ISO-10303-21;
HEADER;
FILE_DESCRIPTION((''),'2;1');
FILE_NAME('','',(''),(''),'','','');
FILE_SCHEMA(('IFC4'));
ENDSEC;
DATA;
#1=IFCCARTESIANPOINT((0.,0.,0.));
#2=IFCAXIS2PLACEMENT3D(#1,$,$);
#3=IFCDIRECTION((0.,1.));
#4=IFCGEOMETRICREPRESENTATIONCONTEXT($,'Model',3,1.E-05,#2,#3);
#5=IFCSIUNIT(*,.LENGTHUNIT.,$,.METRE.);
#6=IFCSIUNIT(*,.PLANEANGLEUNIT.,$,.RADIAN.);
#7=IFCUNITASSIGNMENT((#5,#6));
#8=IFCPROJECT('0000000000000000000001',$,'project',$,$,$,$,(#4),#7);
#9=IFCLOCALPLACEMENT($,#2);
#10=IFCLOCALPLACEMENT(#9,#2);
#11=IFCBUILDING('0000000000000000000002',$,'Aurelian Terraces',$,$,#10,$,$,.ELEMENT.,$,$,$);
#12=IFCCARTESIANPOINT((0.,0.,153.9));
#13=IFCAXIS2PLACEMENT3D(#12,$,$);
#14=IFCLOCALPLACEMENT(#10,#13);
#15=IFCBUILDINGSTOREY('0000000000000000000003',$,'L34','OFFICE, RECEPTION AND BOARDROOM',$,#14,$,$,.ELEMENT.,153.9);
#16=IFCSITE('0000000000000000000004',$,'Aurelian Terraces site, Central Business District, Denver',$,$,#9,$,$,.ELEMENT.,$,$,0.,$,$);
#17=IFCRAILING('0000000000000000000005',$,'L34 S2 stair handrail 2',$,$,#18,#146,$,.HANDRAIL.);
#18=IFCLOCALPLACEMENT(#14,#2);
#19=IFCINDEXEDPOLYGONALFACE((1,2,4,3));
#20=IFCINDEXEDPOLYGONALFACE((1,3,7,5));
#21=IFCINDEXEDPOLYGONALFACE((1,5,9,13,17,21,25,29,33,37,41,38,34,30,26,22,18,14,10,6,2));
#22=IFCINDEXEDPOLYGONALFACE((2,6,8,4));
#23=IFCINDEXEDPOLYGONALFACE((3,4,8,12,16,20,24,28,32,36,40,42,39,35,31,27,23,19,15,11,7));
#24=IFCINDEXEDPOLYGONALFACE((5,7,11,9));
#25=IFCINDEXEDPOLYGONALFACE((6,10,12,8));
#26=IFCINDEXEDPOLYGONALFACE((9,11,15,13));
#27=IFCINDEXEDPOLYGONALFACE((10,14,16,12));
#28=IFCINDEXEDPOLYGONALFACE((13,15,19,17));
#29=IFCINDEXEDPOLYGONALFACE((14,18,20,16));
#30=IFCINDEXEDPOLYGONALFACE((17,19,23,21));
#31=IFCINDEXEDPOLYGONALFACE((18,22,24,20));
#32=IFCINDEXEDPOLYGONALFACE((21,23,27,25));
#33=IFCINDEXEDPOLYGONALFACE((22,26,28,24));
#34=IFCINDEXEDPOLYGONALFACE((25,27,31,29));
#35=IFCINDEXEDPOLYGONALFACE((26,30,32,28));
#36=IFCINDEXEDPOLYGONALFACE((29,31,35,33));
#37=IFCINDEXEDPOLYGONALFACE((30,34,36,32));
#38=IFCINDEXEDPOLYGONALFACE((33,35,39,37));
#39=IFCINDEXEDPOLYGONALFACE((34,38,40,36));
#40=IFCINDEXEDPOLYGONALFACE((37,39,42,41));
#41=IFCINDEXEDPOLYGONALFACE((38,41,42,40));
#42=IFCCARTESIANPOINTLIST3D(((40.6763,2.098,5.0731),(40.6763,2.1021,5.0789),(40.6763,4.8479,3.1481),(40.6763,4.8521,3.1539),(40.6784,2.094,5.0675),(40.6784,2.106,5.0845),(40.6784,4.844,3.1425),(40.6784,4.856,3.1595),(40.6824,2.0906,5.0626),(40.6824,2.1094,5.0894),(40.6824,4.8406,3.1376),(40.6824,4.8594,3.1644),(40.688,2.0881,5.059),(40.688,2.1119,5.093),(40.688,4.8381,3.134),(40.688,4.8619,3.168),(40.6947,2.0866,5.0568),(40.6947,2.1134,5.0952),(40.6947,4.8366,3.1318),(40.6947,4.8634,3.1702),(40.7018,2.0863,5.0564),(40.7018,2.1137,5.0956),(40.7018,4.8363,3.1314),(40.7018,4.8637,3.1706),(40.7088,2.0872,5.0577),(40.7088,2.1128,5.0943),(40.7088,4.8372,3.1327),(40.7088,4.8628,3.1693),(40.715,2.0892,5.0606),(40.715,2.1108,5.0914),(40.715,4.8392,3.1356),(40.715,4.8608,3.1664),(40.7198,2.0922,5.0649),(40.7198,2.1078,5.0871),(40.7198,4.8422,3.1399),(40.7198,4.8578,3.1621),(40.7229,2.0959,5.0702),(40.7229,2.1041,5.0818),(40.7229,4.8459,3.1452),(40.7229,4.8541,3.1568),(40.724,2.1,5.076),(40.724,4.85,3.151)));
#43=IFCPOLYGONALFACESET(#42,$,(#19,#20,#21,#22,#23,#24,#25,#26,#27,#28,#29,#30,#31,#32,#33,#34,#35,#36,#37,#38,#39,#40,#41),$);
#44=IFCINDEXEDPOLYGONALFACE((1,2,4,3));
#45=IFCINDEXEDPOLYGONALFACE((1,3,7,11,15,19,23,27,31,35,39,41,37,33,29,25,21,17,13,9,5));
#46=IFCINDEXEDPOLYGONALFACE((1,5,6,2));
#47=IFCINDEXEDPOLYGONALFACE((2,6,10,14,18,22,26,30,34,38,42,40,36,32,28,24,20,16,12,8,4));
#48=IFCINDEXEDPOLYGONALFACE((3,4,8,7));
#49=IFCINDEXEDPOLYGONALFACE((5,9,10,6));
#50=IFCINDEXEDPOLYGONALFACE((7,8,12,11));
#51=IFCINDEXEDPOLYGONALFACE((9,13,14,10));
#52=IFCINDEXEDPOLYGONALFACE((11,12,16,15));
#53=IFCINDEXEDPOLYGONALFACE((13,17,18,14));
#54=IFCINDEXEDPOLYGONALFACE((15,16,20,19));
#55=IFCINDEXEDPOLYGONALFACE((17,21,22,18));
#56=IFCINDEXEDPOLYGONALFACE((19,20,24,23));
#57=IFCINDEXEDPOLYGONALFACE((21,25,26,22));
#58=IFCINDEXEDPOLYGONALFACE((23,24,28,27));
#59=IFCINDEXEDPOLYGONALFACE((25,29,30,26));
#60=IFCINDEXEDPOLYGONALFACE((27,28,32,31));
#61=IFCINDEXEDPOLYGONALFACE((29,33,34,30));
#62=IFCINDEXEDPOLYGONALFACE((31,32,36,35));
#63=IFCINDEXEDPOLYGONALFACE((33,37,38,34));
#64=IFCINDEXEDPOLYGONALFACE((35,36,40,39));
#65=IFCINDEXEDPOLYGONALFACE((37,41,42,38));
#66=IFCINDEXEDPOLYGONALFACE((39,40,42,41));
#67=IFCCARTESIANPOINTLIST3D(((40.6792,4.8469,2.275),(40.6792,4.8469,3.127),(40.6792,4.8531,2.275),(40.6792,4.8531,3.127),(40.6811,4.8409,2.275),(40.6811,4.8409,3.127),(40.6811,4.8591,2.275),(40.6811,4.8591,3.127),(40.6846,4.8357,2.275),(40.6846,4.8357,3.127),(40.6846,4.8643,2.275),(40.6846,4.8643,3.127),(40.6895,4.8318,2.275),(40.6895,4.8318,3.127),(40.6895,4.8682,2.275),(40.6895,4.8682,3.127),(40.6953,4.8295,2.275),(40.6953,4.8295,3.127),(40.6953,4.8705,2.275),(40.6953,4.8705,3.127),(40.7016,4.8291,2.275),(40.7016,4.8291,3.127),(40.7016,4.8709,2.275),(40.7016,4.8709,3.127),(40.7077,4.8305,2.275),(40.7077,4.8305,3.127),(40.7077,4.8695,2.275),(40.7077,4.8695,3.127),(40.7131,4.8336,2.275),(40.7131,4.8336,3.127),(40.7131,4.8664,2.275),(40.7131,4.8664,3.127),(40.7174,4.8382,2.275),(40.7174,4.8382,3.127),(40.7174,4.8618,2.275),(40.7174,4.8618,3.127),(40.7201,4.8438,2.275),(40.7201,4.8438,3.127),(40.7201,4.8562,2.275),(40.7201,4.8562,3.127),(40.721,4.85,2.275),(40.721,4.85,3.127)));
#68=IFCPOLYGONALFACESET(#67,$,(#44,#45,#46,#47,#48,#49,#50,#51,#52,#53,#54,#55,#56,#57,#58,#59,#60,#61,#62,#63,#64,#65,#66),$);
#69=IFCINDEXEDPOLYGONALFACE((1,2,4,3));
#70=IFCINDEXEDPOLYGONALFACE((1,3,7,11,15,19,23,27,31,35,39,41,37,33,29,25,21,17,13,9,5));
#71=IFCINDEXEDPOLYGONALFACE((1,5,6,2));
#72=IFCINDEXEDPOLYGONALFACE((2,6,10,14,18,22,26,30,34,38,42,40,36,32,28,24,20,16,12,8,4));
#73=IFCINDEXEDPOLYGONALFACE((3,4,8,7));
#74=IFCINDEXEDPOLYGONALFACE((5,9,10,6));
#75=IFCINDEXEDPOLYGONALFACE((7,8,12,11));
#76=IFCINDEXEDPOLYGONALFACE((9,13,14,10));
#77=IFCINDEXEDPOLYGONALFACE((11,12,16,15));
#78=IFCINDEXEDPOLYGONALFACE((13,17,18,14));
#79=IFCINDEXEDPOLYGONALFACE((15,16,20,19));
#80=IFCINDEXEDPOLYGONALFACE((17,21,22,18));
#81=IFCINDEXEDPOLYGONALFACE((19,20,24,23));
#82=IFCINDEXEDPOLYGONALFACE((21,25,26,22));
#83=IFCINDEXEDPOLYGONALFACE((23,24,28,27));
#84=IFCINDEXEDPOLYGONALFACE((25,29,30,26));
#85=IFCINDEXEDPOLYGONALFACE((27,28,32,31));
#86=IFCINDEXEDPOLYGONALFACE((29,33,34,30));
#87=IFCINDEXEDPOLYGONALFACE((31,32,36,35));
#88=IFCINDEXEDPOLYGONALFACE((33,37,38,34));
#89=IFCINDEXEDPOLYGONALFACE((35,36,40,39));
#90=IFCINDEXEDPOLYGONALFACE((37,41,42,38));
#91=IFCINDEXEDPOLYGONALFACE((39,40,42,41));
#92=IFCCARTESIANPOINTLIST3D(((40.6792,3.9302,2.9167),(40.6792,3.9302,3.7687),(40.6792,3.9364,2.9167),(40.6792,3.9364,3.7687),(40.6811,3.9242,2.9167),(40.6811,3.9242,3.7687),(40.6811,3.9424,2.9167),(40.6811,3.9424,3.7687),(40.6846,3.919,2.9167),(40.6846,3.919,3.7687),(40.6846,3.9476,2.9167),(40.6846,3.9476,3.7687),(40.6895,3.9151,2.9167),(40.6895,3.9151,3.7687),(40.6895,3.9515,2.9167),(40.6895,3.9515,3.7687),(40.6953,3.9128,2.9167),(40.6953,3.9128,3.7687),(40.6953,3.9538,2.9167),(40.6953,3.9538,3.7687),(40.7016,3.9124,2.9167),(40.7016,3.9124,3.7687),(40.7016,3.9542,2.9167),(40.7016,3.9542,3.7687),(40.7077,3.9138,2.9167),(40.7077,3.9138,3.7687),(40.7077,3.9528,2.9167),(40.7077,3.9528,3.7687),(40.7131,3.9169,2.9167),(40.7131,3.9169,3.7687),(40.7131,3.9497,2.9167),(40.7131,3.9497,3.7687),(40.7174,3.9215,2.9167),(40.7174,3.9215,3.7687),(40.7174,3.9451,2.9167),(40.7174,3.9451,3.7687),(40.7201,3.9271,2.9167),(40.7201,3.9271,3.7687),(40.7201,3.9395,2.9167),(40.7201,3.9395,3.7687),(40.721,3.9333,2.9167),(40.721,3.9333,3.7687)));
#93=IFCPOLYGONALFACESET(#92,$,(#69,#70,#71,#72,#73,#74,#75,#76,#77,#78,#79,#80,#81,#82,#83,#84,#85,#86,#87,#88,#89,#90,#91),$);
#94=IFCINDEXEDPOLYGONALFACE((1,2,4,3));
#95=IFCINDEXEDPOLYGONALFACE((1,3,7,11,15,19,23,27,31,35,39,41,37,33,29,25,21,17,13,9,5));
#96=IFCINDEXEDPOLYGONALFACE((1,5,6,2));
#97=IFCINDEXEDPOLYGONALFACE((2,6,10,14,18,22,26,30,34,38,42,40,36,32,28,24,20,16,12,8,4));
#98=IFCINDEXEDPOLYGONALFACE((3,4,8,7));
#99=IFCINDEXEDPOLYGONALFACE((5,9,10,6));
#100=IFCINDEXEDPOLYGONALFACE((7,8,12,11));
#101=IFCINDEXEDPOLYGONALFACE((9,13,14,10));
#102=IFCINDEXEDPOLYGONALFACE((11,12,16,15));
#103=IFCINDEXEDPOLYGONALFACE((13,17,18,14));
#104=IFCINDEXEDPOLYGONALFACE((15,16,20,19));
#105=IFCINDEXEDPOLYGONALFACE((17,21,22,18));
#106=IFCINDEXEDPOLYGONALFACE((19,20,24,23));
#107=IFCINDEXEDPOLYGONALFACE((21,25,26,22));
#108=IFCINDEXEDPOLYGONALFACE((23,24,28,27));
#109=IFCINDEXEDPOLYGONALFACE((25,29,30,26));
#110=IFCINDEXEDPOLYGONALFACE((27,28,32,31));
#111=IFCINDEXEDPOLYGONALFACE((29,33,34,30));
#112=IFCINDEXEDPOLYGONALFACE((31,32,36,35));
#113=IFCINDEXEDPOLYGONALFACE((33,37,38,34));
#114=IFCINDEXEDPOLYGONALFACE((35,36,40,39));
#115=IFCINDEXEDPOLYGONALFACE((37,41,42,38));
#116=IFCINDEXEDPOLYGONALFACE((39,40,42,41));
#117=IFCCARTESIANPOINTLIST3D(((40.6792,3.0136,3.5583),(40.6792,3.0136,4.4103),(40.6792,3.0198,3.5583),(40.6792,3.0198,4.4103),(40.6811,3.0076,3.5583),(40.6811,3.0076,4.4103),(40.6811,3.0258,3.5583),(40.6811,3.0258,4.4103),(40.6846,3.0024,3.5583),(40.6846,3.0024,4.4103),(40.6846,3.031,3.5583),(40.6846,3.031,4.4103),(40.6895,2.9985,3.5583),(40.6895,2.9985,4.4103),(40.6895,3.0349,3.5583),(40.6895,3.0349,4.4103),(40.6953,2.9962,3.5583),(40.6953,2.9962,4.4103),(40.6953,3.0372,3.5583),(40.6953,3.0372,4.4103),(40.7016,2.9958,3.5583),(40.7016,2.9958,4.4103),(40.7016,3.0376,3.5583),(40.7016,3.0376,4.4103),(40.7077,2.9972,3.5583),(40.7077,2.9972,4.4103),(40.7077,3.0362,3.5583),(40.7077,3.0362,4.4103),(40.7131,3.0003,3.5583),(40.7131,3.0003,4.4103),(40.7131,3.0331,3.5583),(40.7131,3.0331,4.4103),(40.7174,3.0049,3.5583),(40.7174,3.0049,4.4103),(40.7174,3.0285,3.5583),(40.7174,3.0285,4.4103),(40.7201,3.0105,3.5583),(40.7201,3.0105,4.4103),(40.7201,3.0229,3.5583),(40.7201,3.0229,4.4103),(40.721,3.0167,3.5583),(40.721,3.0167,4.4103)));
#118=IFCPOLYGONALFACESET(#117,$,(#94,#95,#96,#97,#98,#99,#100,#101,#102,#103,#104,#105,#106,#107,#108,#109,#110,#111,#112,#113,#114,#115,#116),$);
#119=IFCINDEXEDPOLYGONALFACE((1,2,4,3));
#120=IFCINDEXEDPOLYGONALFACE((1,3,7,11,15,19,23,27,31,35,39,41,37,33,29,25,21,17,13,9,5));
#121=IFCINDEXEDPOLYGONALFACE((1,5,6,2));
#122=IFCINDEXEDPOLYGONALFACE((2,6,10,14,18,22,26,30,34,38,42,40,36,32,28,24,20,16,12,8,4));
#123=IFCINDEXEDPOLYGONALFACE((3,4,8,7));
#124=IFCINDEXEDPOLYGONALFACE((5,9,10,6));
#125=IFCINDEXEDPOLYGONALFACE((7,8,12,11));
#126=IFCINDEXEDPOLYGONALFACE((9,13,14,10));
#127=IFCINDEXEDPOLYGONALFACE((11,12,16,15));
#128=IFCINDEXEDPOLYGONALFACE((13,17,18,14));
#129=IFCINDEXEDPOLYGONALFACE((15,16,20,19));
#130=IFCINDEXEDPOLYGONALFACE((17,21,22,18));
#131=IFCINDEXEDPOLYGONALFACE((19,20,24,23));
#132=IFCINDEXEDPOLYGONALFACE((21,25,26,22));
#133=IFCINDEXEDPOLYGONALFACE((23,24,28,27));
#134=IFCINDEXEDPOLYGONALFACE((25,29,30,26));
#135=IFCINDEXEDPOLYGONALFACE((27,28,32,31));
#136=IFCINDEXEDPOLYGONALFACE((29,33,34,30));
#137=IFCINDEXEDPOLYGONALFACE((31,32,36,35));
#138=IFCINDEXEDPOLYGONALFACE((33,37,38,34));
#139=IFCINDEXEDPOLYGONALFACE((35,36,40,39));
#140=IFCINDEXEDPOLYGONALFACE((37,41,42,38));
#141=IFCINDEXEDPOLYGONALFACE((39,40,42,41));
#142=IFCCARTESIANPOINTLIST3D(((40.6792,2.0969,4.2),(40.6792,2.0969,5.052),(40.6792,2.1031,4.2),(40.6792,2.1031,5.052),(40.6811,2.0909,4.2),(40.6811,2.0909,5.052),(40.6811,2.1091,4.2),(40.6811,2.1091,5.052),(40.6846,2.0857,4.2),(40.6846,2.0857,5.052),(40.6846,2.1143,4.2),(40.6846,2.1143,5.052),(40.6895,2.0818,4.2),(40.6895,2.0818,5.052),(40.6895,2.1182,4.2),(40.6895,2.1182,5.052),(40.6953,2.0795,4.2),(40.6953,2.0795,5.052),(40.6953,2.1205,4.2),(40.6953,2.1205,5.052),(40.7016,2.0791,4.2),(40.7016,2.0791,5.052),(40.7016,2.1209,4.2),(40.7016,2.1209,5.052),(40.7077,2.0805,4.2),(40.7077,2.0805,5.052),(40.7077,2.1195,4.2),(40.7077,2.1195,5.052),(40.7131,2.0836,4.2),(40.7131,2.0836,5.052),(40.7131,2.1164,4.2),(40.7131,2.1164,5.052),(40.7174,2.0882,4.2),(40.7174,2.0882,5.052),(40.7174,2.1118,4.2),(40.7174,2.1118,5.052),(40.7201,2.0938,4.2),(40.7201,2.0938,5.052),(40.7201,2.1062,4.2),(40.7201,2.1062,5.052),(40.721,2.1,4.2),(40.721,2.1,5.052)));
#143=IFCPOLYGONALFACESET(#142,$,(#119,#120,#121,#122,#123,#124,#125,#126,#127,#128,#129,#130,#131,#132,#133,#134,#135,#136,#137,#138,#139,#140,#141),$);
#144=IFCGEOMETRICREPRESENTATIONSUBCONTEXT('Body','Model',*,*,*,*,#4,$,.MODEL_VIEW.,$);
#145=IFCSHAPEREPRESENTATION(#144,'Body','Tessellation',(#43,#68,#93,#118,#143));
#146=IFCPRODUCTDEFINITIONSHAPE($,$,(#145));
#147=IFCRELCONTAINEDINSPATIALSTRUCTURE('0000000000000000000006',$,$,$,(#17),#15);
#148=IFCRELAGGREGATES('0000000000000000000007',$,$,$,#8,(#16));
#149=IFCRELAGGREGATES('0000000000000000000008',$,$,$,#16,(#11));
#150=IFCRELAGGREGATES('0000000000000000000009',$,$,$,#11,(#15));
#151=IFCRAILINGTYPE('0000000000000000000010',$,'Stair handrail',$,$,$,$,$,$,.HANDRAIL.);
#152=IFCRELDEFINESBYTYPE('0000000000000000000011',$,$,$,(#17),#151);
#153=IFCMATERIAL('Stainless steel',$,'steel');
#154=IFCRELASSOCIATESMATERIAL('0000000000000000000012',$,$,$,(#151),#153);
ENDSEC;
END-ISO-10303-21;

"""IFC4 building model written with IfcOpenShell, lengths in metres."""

from ifc_helpers import new_model, si_unit, direction, frame, origin, origin_2d, place, context, subcontext, project, spatial, circle, extrude, source, transform, mapped, material, type_object, element, save


model = new_model("IFC4")

# Units and contexts
model_context = context("Model", 3, precision=1e-05, world=origin(), true_north=direction((0.0, 1.0)))
body_context = subcontext(model_context, "Body", "Model", "MODEL_VIEW")
ifc_project = project(units=[si_unit("LENGTHUNIT", "METRE"), si_unit("PLANEANGLEUNIT", "RADIAN")], contexts=[model_context])

# Site, building, storey
site_placement = place(None, origin())
site = spatial("IfcSite", under=ifc_project, at=site_placement, Name="Aurelian Terraces site, Central Business District, Denver", CompositionType="ELEMENT", RefElevation=0.0)
building_placement = place(site_placement, origin())
building = spatial("IfcBuilding", under=site, at=building_placement, Name="Aurelian Terraces", CompositionType="ELEMENT")
storey_placement = place(building_placement, frame((0.0, 0.0, 153.9)))
storey = spatial("IfcBuildingStorey", under=building, at=storey_placement, Name="L34", Description="OFFICE, RECEPTION AND BOARDROOM", CompositionType="ELEMENT", Elevation=153.9)

# Railing
ifc_material_1 = material(Name="Stainless steel", Category="steel")
railing_type_1 = type_object("IfcRailingType", Name="Stair handrail", PredefinedType="HANDRAIL", material=ifc_material_1)
shared_shape_1 = source(origin(), body_context, "Body", "SweptSolid", [
    extrude(circle(Radius=0.024, at=origin_2d()), frame((0.0, 0.0, 0.876), z_axis=(0.0, -0.819232, 0.573462), x_axis=(1.0, 0.0, 0.0)), (0.0, 0.0, 1.0), 3.3568),
    extrude(circle(Radius=0.021, at=origin_2d()), origin(), (0.0, 0.0, 1.0), 0.852),
    extrude(circle(Radius=0.021, at=origin_2d()), frame((0.0, -0.9167, 0.6417)), (0.0, 0.0, 1.0), 0.852),
    extrude(circle(Radius=0.021, at=origin_2d()), frame((0.0, -1.8333, 1.2833)), (0.0, 0.0, 1.0), 0.852),
    extrude(circle(Radius=0.021, at=origin_2d()), frame((0.0, -2.75, 1.925)), (0.0, 0.0, 1.0), 0.852),
])
railing_1_placement = place(storey_placement, frame((40.7, 4.85, 2.275)))
element("IfcRailing", 1, at=railing_1_placement, inside=storey, type_object=railing_type_1, Name="L34 S2 stair handrail 2", PredefinedType="HANDRAIL", context=body_context, shape_type="MappedRepresentation", body=[
    mapped(shared_shape_1, transform((0.0, 0.0, 0.0), scale=1.0)),
])

save(model, "model.ifc")
